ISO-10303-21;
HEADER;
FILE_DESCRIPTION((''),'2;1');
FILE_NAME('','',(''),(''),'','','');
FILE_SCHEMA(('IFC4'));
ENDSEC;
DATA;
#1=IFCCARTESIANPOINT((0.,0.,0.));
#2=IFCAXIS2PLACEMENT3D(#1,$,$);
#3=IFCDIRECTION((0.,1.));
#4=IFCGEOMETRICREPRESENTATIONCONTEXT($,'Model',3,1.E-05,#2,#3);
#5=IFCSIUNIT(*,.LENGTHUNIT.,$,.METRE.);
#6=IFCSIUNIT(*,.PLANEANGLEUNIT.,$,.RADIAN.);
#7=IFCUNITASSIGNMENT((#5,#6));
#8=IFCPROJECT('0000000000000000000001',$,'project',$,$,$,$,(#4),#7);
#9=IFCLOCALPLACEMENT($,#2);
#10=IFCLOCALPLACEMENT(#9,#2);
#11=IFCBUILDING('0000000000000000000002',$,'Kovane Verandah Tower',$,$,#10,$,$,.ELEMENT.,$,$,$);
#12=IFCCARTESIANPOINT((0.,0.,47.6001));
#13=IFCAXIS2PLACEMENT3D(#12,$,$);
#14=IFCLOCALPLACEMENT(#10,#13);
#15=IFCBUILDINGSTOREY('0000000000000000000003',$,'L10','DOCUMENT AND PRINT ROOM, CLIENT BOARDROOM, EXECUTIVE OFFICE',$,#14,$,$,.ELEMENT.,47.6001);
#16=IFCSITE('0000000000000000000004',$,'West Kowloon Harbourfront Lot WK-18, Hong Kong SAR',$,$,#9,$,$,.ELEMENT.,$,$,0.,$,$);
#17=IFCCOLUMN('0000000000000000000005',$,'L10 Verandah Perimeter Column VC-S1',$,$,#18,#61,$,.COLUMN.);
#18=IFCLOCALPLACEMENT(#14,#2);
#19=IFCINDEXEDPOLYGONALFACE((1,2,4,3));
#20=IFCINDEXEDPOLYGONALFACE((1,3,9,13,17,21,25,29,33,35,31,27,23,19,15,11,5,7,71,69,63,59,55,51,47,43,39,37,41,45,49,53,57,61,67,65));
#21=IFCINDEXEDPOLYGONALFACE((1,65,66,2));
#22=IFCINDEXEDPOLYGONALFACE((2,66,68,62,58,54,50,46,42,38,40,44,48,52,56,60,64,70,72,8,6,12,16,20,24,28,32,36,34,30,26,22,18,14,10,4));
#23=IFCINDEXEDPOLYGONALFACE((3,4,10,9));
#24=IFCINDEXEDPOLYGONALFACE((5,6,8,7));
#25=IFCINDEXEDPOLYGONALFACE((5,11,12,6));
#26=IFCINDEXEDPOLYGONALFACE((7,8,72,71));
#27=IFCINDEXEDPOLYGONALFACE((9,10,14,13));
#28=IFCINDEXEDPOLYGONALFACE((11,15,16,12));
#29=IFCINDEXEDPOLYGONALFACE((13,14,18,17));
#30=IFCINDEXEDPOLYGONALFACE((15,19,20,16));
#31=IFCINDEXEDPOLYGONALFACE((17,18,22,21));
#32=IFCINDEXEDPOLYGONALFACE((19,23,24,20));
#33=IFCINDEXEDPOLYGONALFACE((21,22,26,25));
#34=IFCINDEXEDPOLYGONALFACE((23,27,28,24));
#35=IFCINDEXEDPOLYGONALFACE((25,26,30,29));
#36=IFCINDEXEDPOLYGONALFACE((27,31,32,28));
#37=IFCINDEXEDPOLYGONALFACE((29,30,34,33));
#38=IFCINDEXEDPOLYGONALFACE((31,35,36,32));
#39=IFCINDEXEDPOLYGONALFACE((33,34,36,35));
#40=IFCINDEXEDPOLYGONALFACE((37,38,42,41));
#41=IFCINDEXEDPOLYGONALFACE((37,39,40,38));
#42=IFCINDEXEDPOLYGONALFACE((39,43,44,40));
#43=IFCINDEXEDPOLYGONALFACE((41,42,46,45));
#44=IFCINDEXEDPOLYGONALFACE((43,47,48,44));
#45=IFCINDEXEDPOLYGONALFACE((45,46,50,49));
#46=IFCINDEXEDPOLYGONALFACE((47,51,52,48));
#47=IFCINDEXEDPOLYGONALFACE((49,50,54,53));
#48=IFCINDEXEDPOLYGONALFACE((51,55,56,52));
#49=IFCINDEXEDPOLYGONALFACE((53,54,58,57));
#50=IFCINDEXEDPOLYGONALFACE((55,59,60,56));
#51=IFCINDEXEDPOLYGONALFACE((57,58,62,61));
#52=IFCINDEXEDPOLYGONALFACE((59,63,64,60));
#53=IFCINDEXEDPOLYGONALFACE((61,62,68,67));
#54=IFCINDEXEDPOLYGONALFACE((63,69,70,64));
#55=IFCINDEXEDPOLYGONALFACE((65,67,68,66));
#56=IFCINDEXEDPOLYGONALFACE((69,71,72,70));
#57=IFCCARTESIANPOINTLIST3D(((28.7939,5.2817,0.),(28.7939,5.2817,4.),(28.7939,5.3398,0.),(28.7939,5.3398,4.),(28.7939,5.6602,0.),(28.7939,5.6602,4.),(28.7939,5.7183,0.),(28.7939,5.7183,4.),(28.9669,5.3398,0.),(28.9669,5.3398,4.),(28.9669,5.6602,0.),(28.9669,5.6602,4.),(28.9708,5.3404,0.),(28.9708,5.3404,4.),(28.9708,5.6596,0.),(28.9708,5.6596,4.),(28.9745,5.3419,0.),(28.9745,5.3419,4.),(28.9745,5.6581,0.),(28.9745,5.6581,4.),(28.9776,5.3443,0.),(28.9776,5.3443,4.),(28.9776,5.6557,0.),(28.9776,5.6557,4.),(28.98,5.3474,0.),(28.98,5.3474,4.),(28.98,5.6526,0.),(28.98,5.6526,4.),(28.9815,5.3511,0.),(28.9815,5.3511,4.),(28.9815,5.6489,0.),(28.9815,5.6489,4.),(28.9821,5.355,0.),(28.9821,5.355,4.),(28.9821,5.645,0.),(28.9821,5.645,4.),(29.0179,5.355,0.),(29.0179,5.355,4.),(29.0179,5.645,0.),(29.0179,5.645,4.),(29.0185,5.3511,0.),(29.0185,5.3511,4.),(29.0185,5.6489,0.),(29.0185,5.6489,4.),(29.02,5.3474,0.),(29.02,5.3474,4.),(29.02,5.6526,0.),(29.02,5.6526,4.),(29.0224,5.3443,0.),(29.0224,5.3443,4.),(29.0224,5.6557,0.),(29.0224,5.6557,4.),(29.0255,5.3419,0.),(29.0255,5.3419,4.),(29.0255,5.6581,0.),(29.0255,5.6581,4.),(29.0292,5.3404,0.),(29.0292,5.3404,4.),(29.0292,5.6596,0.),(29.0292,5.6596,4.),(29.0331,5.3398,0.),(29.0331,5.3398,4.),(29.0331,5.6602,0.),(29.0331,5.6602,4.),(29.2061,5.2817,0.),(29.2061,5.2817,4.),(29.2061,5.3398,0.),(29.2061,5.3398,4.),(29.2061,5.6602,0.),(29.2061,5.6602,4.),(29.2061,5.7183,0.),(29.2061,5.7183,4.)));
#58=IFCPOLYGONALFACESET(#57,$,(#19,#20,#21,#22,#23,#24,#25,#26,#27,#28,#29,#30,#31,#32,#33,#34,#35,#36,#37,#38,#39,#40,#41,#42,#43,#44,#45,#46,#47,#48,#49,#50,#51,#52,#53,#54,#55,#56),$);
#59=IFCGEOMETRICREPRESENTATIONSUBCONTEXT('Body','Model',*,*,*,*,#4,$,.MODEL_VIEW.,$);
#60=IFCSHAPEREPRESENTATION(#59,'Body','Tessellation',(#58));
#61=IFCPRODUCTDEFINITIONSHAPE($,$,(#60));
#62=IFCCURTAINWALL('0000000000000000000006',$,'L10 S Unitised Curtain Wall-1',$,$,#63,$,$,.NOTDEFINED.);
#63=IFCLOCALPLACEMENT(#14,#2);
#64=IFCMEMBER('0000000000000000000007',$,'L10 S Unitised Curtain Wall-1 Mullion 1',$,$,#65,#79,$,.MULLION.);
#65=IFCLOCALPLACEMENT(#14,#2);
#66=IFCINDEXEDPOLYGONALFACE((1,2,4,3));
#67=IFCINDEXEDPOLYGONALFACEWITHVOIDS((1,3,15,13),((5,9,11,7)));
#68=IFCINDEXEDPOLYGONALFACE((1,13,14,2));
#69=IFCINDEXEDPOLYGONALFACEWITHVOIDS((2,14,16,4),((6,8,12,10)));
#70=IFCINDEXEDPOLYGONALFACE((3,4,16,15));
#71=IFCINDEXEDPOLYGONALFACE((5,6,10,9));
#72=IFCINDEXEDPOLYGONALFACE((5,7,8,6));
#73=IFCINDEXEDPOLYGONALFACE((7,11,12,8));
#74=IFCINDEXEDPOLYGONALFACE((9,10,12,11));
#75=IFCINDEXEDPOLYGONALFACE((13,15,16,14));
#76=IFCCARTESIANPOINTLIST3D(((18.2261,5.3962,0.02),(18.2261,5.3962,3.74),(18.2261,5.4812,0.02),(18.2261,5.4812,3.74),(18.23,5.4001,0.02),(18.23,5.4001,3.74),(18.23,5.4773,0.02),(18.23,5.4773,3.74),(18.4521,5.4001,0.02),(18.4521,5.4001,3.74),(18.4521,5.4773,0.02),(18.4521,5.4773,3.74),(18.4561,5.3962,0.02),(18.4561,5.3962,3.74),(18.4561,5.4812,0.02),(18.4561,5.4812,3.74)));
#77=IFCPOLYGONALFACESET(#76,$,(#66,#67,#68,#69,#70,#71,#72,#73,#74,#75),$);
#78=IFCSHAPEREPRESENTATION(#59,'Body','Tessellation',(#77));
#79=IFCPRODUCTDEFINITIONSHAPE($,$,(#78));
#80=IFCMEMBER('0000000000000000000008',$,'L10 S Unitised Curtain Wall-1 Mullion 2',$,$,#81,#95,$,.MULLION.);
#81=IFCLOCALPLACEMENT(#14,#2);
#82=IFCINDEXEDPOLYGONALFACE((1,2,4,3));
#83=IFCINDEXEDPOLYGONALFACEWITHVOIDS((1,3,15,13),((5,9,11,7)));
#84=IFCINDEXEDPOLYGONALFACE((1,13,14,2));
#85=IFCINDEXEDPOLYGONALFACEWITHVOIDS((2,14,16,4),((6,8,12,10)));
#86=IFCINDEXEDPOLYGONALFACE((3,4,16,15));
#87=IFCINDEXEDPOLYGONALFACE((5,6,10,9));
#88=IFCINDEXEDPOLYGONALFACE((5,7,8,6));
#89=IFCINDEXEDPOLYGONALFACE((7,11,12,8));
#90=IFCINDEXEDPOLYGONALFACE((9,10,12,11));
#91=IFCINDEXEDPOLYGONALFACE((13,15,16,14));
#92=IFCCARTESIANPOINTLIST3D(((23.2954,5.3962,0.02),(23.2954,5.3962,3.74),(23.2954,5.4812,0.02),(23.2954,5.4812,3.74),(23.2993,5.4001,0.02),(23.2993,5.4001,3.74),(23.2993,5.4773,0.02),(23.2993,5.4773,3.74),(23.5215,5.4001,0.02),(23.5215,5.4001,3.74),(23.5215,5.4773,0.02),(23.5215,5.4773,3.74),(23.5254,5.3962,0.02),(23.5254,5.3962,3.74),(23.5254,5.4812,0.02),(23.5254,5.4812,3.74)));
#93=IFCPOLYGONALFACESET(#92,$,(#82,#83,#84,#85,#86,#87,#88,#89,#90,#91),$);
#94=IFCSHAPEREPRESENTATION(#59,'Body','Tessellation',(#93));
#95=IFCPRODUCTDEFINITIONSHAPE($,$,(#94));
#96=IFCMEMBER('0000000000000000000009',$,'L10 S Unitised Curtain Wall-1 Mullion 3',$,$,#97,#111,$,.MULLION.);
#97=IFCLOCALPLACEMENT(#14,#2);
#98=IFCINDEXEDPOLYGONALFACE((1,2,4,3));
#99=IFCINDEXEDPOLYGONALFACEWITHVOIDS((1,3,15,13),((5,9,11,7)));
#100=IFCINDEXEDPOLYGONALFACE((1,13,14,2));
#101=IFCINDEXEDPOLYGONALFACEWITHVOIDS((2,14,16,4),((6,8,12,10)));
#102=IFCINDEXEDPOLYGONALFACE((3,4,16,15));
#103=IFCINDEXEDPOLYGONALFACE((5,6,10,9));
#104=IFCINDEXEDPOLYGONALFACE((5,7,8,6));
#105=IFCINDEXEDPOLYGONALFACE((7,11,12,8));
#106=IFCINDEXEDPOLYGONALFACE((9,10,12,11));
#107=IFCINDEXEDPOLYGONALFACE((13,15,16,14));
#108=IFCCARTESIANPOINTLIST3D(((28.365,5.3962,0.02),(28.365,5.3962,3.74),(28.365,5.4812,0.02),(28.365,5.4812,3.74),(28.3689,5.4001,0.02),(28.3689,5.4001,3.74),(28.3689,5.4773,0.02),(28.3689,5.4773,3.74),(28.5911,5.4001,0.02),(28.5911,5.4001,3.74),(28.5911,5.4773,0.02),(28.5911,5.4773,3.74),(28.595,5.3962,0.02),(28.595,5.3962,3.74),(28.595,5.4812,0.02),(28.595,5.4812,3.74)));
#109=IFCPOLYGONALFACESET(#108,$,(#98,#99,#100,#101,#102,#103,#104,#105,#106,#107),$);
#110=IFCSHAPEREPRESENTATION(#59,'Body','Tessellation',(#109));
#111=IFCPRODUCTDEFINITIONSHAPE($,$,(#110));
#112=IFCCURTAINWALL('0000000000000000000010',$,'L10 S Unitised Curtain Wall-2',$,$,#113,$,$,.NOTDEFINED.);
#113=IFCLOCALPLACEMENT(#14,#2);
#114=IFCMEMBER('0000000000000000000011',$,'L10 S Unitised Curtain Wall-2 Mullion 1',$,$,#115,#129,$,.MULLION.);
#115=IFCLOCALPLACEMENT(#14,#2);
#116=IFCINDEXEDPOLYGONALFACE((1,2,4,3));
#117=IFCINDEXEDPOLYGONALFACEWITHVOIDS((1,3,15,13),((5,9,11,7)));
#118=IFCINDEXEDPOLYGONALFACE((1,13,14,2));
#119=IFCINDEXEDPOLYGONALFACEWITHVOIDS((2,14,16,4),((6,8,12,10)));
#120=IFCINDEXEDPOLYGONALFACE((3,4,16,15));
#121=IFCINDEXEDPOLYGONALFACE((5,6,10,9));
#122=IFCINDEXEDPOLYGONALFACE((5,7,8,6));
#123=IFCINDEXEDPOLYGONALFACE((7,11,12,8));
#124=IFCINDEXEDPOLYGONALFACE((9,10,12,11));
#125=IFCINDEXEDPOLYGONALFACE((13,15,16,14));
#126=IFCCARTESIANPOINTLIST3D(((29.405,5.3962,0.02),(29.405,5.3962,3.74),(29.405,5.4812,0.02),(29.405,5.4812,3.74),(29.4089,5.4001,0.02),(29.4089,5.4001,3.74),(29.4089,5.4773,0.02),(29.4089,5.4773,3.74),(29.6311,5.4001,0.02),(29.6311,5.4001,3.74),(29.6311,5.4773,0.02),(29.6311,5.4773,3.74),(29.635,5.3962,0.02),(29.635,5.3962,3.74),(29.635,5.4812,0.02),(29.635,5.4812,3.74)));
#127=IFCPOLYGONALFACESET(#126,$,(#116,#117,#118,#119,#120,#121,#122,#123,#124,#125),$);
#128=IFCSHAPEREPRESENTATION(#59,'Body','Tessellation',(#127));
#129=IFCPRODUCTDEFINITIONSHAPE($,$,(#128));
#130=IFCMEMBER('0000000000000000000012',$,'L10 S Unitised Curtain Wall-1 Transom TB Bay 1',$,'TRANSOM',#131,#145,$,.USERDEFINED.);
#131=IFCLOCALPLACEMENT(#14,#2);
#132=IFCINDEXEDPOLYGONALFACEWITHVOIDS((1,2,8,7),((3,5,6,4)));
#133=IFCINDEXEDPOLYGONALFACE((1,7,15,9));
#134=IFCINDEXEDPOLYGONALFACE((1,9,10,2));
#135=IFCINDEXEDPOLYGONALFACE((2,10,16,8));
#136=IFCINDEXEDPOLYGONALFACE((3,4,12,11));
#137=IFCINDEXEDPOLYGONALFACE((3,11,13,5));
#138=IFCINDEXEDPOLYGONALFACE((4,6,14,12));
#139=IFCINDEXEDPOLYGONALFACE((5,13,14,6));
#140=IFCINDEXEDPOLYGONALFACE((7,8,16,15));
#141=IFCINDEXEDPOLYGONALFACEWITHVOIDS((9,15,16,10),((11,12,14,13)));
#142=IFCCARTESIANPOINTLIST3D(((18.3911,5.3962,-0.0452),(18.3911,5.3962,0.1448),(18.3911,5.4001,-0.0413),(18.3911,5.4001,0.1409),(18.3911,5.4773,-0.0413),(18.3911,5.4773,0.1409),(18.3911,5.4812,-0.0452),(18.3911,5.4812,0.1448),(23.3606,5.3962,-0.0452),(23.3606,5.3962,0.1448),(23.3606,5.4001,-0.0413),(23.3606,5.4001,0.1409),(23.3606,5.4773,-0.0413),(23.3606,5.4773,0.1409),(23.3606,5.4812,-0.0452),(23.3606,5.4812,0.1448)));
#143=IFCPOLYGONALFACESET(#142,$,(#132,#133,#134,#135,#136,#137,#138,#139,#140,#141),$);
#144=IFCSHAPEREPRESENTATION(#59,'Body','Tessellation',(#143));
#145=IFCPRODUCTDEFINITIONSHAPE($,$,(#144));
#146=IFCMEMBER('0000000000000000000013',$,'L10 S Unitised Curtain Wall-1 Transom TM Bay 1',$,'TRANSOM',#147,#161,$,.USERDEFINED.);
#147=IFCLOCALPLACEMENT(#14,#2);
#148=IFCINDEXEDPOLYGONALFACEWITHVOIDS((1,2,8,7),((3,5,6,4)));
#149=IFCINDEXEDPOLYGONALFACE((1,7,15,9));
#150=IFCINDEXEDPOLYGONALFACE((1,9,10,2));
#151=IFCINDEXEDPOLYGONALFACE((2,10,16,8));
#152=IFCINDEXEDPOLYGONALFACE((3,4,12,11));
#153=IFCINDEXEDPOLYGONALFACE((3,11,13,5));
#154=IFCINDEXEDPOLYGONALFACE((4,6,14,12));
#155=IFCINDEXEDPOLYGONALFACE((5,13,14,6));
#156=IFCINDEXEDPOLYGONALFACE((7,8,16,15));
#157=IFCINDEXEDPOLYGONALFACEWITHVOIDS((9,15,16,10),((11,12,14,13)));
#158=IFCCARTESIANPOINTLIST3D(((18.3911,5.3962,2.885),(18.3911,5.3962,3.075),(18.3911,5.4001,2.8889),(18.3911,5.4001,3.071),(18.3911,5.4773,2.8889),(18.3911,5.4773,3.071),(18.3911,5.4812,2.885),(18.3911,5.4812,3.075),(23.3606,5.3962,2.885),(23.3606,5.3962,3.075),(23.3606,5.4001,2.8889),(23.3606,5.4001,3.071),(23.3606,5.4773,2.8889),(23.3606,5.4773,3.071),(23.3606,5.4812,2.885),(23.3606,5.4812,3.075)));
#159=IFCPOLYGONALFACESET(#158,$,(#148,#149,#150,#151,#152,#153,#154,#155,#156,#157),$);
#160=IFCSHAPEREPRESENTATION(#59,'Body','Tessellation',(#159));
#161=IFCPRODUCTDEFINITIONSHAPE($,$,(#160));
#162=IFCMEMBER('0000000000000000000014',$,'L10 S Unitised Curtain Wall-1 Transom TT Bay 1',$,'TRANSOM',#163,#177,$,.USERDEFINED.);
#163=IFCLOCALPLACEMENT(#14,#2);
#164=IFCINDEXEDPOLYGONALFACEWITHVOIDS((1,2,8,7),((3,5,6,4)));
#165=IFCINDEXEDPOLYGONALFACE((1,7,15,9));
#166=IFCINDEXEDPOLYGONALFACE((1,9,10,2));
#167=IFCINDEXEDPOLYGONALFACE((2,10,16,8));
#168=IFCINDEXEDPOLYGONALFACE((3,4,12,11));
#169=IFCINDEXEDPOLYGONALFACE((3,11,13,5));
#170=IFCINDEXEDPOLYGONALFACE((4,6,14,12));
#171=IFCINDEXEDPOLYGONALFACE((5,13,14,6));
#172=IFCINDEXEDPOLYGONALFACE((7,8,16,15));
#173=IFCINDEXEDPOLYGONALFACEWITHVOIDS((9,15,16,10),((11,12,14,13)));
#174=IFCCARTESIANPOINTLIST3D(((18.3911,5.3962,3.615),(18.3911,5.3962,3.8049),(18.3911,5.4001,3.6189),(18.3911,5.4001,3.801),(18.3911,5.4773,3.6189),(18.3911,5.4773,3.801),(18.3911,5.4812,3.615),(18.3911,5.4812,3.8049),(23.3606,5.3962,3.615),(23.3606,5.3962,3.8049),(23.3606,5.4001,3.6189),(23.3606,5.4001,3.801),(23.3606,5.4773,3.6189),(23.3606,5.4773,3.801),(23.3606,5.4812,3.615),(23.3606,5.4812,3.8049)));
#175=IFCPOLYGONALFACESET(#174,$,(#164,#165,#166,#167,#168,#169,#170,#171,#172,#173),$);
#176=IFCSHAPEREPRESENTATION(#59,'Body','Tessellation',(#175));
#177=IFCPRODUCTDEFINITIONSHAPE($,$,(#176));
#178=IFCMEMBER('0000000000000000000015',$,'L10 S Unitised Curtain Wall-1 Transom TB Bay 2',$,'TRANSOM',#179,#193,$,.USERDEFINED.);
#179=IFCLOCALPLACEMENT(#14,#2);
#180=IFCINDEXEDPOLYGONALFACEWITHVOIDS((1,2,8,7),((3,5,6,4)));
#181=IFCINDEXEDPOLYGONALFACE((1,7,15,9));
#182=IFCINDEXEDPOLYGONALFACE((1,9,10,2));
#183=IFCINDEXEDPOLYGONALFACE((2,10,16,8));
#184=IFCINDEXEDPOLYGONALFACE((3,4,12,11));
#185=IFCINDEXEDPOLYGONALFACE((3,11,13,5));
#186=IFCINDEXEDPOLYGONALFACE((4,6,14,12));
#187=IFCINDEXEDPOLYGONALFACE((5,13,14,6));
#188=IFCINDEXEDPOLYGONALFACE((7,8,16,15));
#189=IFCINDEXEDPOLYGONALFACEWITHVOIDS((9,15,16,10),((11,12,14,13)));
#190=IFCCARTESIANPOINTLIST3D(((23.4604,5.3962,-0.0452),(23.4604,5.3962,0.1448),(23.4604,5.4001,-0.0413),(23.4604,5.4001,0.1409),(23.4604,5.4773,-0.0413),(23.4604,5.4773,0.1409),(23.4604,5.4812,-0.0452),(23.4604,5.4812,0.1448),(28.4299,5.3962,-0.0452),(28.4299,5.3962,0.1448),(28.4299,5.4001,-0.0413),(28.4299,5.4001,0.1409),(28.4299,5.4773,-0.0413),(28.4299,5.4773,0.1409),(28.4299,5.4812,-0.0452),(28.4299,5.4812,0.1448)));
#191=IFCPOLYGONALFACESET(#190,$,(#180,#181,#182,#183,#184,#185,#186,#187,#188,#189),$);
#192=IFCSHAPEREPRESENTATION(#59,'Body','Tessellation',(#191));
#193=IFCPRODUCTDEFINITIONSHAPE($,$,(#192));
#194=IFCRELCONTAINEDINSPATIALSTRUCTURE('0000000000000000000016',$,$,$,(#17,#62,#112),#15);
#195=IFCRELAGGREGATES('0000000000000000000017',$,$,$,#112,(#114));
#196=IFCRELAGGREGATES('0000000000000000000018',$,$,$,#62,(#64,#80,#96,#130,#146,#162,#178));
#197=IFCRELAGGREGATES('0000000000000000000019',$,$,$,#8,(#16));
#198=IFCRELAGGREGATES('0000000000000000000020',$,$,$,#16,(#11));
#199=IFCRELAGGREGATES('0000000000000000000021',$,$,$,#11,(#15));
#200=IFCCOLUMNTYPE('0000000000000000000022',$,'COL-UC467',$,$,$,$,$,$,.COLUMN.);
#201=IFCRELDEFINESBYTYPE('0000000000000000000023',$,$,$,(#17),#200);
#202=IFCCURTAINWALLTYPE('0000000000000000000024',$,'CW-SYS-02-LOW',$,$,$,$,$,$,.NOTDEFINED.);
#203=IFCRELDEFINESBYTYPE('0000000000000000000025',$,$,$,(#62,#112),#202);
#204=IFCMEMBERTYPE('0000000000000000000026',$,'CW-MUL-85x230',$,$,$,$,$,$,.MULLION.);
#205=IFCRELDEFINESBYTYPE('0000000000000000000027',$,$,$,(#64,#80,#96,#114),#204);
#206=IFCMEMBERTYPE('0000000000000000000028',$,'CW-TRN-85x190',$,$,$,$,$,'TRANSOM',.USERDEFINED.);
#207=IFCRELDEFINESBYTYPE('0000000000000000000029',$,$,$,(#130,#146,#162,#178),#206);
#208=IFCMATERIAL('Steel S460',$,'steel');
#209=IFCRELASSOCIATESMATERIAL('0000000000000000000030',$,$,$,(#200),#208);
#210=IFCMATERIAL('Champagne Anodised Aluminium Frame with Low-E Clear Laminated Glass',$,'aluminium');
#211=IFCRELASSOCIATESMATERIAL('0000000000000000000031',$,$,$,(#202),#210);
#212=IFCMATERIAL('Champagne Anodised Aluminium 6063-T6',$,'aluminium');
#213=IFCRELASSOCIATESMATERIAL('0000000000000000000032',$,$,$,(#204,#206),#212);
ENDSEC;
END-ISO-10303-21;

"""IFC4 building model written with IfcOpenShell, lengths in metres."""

from ifc_helpers import new_model, si_unit, direction, frame, origin, origin_2d, place, context, subcontext, project, spatial, hollow_rectangle, i_section, extrude, material, material_profile, profile_set, type_object, element, aggregate, save


model = new_model("IFC4")

# Units and contexts
model_context = context("Model", 3, precision=1e-05, world=origin(), true_north=direction((0.0, 1.0)))
body_context = subcontext(model_context, "Body", "Model", "MODEL_VIEW")
ifc_project = project(units=[si_unit("LENGTHUNIT", "METRE"), si_unit("PLANEANGLEUNIT", "RADIAN")], contexts=[model_context])

# Site, building, storey
site_placement = place(None, origin())
site = spatial("IfcSite", under=ifc_project, at=site_placement, Name="West Kowloon Harbourfront Lot WK-18, Hong Kong SAR", CompositionType="ELEMENT", RefElevation=0.0)
building_placement = place(site_placement, origin())
building = spatial("IfcBuilding", under=site, at=building_placement, Name="Kovane Verandah Tower", CompositionType="ELEMENT")
storey_placement = place(building_placement, frame((0.0, 0.0, 47.6001)))
storey = spatial("IfcBuildingStorey", under=building, at=storey_placement, Name="L10", Description="DOCUMENT AND PRINT ROOM, CLIENT BOARDROOM, EXECUTIVE OFFICE", CompositionType="ELEMENT", Elevation=47.6001)

# Column
ifc_material_1 = material(Name="Steel S460", Category="steel")
ifc_material_profile_1 = material_profile(ifc_material_1, i_section(OverallWidth=0.4121, OverallDepth=0.4365, WebThickness=0.0359, FlangeThickness=0.0581, FilletRadius=0.0151, at=origin_2d()), Name="UC356x406x467")
ifc_profile_set_1 = profile_set([ifc_material_profile_1], Name="Steel S460")
column_type = type_object("IfcColumnType", Name="COL-UC467", PredefinedType="COLUMN", material=ifc_profile_set_1)
column_placement = place(storey_placement, frame((29.0, 5.5, 0.0), z_axis=(0.0, 0.0, 1.0), x_axis=(1.0, 0.0, 0.0)))
element("IfcColumn", 1, at=column_placement, inside=storey, type_object=column_type, Name="L10 Verandah Perimeter Column VC-S1", PredefinedType="COLUMN", context=body_context, shape_type="SweptSolid", body=[
    extrude(i_section(OverallWidth=0.4121, OverallDepth=0.4365, WebThickness=0.0359, FlangeThickness=0.0581, FilletRadius=0.0151, at=origin_2d()), origin(), (0.0, 0.0, 1.0), 4.0),
])

# Curtain wall, members
ifc_material_2 = material(Name="Champagne Anodised Aluminium Frame with Low-E Clear Laminated Glass", Category="aluminium")
curtain_wall_type = type_object("IfcCurtainWallType", Name="CW-SYS-02-LOW", PredefinedType="NOTDEFINED", material=ifc_material_2)
curtain_wall_1_placement = place(storey_placement, origin())
curtain_wall_1 = element("IfcCurtainWall", 2, at=curtain_wall_1_placement, inside=storey, type_object=curtain_wall_type, Name="L10 S Unitised Curtain Wall-1", PredefinedType="NOTDEFINED")
ifc_material_3 = material(Name="Champagne Anodised Aluminium 6063-T6", Category="aluminium")
ifc_material_profile_2 = material_profile(ifc_material_3, hollow_rectangle(XDim=0.085, YDim=0.23, WallThickness=0.0039, at=origin_2d()), Name="AL85x230x4")
ifc_profile_set_2 = profile_set([ifc_material_profile_2], Name="Champagne Anodised Aluminium 6063-T6")
member_type_1 = type_object("IfcMemberType", Name="CW-MUL-85x230", PredefinedType="MULLION", material=ifc_profile_set_2)
member_1_placement = place(storey_placement, frame((18.3411, 5.4387, 0.02), z_axis=(0.0, 0.0, 1.0), x_axis=(0.0, -1.0, 0.0)))
member_1 = element("IfcMember", 3, at=member_1_placement, type_object=member_type_1, Name="L10 S Unitised Curtain Wall-1 Mullion 1", PredefinedType="MULLION", context=body_context, shape_type="SweptSolid", body=[
    extrude(hollow_rectangle(XDim=0.085, YDim=0.23, WallThickness=0.0039, at=origin_2d()), origin(), (0.0, 0.0, 1.0), 3.72),
])
member_2_placement = place(storey_placement, frame((23.4104, 5.4387, 0.02), z_axis=(0.0, 0.0, 1.0), x_axis=(0.0, -1.0, 0.0)))
member_2 = element("IfcMember", 4, at=member_2_placement, type_object=member_type_1, Name="L10 S Unitised Curtain Wall-1 Mullion 2", PredefinedType="MULLION", context=body_context, shape_type="SweptSolid", body=[
    extrude(hollow_rectangle(XDim=0.085, YDim=0.23, WallThickness=0.0039, at=origin_2d()), origin(), (0.0, 0.0, 1.0), 3.72),
])
member_3_placement = place(storey_placement, frame((28.48, 5.4387, 0.02), z_axis=(0.0, 0.0, 1.0), x_axis=(0.0, -1.0, 0.0)))
member_3 = element("IfcMember", 5, at=member_3_placement, type_object=member_type_1, Name="L10 S Unitised Curtain Wall-1 Mullion 3", PredefinedType="MULLION", context=body_context, shape_type="SweptSolid", body=[
    extrude(hollow_rectangle(XDim=0.085, YDim=0.23, WallThickness=0.0039, at=origin_2d()), origin(), (0.0, 0.0, 1.0), 3.72),
])

# Curtain wall, member
curtain_wall_2_placement = place(storey_placement, origin())
curtain_wall_2 = element("IfcCurtainWall", 6, at=curtain_wall_2_placement, inside=storey, type_object=curtain_wall_type, Name="L10 S Unitised Curtain Wall-2", PredefinedType="NOTDEFINED")
member_4_placement = place(storey_placement, frame((29.52, 5.4387, 0.02), z_axis=(0.0, 0.0, 1.0), x_axis=(0.0, -1.0, 0.0)))
member_4 = element("IfcMember", 7, at=member_4_placement, type_object=member_type_1, Name="L10 S Unitised Curtain Wall-2 Mullion 1", PredefinedType="MULLION", context=body_context, shape_type="SweptSolid", body=[
    extrude(hollow_rectangle(XDim=0.085, YDim=0.23, WallThickness=0.0039, at=origin_2d()), origin(), (0.0, 0.0, 1.0), 3.72),
])

# Members
ifc_material_profile_3 = material_profile(ifc_material_3, hollow_rectangle(XDim=0.085, YDim=0.1899, WallThickness=0.0039, at=origin_2d()), Name="AL85x190x4")
ifc_profile_set_3 = profile_set([ifc_material_profile_3], Name="Champagne Anodised Aluminium 6063-T6")
member_type_2 = type_object("IfcMemberType", Name="CW-TRN-85x190", ElementType="TRANSOM", PredefinedType="USERDEFINED", material=ifc_profile_set_3)
member_5_placement = place(storey_placement, frame((18.3911, 5.4387, 0.0498), z_axis=(1.0, 0.0, 0.0), x_axis=(0.0, 1.0, 0.0)))
member_5 = element("IfcMember", 8, at=member_5_placement, type_object=member_type_2, Name="L10 S Unitised Curtain Wall-1 Transom TB Bay 1", ObjectType="TRANSOM", PredefinedType="USERDEFINED", context=body_context, shape_type="SweptSolid", body=[
    extrude(hollow_rectangle(XDim=0.085, YDim=0.1899, WallThickness=0.0039, at=origin_2d()), origin(), (0.0, 0.0, 1.0), 4.9695),
])
member_6_placement = place(storey_placement, frame((18.3911, 5.4387, 2.98), z_axis=(1.0, 0.0, 0.0), x_axis=(0.0, 1.0, 0.0)))
member_6 = element("IfcMember", 9, at=member_6_placement, type_object=member_type_2, Name="L10 S Unitised Curtain Wall-1 Transom TM Bay 1", ObjectType="TRANSOM", PredefinedType="USERDEFINED", context=body_context, shape_type="SweptSolid", body=[
    extrude(hollow_rectangle(XDim=0.085, YDim=0.1899, WallThickness=0.0039, at=origin_2d()), origin(), (0.0, 0.0, 1.0), 4.9695),
])
member_7_placement = place(storey_placement, frame((18.3911, 5.4387, 3.71), z_axis=(1.0, 0.0, 0.0), x_axis=(0.0, 1.0, 0.0)))
member_7 = element("IfcMember", 10, at=member_7_placement, type_object=member_type_2, Name="L10 S Unitised Curtain Wall-1 Transom TT Bay 1", ObjectType="TRANSOM", PredefinedType="USERDEFINED", context=body_context, shape_type="SweptSolid", body=[
    extrude(hollow_rectangle(XDim=0.085, YDim=0.1899, WallThickness=0.0039, at=origin_2d()), origin(), (0.0, 0.0, 1.0), 4.9695),
])
member_8_placement = place(storey_placement, frame((23.4604, 5.4387, 0.0498), z_axis=(1.0, 0.0, 0.0), x_axis=(0.0, 1.0, 0.0)))
member_8 = element("IfcMember", 11, at=member_8_placement, type_object=member_type_2, Name="L10 S Unitised Curtain Wall-1 Transom TB Bay 2", ObjectType="TRANSOM", PredefinedType="USERDEFINED", context=body_context, shape_type="SweptSolid", body=[
    extrude(hollow_rectangle(XDim=0.085, YDim=0.1899, WallThickness=0.0039, at=origin_2d()), origin(), (0.0, 0.0, 1.0), 4.9695),
])
aggregate(curtain_wall_2, [member_4])

aggregate(curtain_wall_1, [member_1, member_2, member_3, member_5, member_6, member_7, member_8])

save(model, "model.ifc")
